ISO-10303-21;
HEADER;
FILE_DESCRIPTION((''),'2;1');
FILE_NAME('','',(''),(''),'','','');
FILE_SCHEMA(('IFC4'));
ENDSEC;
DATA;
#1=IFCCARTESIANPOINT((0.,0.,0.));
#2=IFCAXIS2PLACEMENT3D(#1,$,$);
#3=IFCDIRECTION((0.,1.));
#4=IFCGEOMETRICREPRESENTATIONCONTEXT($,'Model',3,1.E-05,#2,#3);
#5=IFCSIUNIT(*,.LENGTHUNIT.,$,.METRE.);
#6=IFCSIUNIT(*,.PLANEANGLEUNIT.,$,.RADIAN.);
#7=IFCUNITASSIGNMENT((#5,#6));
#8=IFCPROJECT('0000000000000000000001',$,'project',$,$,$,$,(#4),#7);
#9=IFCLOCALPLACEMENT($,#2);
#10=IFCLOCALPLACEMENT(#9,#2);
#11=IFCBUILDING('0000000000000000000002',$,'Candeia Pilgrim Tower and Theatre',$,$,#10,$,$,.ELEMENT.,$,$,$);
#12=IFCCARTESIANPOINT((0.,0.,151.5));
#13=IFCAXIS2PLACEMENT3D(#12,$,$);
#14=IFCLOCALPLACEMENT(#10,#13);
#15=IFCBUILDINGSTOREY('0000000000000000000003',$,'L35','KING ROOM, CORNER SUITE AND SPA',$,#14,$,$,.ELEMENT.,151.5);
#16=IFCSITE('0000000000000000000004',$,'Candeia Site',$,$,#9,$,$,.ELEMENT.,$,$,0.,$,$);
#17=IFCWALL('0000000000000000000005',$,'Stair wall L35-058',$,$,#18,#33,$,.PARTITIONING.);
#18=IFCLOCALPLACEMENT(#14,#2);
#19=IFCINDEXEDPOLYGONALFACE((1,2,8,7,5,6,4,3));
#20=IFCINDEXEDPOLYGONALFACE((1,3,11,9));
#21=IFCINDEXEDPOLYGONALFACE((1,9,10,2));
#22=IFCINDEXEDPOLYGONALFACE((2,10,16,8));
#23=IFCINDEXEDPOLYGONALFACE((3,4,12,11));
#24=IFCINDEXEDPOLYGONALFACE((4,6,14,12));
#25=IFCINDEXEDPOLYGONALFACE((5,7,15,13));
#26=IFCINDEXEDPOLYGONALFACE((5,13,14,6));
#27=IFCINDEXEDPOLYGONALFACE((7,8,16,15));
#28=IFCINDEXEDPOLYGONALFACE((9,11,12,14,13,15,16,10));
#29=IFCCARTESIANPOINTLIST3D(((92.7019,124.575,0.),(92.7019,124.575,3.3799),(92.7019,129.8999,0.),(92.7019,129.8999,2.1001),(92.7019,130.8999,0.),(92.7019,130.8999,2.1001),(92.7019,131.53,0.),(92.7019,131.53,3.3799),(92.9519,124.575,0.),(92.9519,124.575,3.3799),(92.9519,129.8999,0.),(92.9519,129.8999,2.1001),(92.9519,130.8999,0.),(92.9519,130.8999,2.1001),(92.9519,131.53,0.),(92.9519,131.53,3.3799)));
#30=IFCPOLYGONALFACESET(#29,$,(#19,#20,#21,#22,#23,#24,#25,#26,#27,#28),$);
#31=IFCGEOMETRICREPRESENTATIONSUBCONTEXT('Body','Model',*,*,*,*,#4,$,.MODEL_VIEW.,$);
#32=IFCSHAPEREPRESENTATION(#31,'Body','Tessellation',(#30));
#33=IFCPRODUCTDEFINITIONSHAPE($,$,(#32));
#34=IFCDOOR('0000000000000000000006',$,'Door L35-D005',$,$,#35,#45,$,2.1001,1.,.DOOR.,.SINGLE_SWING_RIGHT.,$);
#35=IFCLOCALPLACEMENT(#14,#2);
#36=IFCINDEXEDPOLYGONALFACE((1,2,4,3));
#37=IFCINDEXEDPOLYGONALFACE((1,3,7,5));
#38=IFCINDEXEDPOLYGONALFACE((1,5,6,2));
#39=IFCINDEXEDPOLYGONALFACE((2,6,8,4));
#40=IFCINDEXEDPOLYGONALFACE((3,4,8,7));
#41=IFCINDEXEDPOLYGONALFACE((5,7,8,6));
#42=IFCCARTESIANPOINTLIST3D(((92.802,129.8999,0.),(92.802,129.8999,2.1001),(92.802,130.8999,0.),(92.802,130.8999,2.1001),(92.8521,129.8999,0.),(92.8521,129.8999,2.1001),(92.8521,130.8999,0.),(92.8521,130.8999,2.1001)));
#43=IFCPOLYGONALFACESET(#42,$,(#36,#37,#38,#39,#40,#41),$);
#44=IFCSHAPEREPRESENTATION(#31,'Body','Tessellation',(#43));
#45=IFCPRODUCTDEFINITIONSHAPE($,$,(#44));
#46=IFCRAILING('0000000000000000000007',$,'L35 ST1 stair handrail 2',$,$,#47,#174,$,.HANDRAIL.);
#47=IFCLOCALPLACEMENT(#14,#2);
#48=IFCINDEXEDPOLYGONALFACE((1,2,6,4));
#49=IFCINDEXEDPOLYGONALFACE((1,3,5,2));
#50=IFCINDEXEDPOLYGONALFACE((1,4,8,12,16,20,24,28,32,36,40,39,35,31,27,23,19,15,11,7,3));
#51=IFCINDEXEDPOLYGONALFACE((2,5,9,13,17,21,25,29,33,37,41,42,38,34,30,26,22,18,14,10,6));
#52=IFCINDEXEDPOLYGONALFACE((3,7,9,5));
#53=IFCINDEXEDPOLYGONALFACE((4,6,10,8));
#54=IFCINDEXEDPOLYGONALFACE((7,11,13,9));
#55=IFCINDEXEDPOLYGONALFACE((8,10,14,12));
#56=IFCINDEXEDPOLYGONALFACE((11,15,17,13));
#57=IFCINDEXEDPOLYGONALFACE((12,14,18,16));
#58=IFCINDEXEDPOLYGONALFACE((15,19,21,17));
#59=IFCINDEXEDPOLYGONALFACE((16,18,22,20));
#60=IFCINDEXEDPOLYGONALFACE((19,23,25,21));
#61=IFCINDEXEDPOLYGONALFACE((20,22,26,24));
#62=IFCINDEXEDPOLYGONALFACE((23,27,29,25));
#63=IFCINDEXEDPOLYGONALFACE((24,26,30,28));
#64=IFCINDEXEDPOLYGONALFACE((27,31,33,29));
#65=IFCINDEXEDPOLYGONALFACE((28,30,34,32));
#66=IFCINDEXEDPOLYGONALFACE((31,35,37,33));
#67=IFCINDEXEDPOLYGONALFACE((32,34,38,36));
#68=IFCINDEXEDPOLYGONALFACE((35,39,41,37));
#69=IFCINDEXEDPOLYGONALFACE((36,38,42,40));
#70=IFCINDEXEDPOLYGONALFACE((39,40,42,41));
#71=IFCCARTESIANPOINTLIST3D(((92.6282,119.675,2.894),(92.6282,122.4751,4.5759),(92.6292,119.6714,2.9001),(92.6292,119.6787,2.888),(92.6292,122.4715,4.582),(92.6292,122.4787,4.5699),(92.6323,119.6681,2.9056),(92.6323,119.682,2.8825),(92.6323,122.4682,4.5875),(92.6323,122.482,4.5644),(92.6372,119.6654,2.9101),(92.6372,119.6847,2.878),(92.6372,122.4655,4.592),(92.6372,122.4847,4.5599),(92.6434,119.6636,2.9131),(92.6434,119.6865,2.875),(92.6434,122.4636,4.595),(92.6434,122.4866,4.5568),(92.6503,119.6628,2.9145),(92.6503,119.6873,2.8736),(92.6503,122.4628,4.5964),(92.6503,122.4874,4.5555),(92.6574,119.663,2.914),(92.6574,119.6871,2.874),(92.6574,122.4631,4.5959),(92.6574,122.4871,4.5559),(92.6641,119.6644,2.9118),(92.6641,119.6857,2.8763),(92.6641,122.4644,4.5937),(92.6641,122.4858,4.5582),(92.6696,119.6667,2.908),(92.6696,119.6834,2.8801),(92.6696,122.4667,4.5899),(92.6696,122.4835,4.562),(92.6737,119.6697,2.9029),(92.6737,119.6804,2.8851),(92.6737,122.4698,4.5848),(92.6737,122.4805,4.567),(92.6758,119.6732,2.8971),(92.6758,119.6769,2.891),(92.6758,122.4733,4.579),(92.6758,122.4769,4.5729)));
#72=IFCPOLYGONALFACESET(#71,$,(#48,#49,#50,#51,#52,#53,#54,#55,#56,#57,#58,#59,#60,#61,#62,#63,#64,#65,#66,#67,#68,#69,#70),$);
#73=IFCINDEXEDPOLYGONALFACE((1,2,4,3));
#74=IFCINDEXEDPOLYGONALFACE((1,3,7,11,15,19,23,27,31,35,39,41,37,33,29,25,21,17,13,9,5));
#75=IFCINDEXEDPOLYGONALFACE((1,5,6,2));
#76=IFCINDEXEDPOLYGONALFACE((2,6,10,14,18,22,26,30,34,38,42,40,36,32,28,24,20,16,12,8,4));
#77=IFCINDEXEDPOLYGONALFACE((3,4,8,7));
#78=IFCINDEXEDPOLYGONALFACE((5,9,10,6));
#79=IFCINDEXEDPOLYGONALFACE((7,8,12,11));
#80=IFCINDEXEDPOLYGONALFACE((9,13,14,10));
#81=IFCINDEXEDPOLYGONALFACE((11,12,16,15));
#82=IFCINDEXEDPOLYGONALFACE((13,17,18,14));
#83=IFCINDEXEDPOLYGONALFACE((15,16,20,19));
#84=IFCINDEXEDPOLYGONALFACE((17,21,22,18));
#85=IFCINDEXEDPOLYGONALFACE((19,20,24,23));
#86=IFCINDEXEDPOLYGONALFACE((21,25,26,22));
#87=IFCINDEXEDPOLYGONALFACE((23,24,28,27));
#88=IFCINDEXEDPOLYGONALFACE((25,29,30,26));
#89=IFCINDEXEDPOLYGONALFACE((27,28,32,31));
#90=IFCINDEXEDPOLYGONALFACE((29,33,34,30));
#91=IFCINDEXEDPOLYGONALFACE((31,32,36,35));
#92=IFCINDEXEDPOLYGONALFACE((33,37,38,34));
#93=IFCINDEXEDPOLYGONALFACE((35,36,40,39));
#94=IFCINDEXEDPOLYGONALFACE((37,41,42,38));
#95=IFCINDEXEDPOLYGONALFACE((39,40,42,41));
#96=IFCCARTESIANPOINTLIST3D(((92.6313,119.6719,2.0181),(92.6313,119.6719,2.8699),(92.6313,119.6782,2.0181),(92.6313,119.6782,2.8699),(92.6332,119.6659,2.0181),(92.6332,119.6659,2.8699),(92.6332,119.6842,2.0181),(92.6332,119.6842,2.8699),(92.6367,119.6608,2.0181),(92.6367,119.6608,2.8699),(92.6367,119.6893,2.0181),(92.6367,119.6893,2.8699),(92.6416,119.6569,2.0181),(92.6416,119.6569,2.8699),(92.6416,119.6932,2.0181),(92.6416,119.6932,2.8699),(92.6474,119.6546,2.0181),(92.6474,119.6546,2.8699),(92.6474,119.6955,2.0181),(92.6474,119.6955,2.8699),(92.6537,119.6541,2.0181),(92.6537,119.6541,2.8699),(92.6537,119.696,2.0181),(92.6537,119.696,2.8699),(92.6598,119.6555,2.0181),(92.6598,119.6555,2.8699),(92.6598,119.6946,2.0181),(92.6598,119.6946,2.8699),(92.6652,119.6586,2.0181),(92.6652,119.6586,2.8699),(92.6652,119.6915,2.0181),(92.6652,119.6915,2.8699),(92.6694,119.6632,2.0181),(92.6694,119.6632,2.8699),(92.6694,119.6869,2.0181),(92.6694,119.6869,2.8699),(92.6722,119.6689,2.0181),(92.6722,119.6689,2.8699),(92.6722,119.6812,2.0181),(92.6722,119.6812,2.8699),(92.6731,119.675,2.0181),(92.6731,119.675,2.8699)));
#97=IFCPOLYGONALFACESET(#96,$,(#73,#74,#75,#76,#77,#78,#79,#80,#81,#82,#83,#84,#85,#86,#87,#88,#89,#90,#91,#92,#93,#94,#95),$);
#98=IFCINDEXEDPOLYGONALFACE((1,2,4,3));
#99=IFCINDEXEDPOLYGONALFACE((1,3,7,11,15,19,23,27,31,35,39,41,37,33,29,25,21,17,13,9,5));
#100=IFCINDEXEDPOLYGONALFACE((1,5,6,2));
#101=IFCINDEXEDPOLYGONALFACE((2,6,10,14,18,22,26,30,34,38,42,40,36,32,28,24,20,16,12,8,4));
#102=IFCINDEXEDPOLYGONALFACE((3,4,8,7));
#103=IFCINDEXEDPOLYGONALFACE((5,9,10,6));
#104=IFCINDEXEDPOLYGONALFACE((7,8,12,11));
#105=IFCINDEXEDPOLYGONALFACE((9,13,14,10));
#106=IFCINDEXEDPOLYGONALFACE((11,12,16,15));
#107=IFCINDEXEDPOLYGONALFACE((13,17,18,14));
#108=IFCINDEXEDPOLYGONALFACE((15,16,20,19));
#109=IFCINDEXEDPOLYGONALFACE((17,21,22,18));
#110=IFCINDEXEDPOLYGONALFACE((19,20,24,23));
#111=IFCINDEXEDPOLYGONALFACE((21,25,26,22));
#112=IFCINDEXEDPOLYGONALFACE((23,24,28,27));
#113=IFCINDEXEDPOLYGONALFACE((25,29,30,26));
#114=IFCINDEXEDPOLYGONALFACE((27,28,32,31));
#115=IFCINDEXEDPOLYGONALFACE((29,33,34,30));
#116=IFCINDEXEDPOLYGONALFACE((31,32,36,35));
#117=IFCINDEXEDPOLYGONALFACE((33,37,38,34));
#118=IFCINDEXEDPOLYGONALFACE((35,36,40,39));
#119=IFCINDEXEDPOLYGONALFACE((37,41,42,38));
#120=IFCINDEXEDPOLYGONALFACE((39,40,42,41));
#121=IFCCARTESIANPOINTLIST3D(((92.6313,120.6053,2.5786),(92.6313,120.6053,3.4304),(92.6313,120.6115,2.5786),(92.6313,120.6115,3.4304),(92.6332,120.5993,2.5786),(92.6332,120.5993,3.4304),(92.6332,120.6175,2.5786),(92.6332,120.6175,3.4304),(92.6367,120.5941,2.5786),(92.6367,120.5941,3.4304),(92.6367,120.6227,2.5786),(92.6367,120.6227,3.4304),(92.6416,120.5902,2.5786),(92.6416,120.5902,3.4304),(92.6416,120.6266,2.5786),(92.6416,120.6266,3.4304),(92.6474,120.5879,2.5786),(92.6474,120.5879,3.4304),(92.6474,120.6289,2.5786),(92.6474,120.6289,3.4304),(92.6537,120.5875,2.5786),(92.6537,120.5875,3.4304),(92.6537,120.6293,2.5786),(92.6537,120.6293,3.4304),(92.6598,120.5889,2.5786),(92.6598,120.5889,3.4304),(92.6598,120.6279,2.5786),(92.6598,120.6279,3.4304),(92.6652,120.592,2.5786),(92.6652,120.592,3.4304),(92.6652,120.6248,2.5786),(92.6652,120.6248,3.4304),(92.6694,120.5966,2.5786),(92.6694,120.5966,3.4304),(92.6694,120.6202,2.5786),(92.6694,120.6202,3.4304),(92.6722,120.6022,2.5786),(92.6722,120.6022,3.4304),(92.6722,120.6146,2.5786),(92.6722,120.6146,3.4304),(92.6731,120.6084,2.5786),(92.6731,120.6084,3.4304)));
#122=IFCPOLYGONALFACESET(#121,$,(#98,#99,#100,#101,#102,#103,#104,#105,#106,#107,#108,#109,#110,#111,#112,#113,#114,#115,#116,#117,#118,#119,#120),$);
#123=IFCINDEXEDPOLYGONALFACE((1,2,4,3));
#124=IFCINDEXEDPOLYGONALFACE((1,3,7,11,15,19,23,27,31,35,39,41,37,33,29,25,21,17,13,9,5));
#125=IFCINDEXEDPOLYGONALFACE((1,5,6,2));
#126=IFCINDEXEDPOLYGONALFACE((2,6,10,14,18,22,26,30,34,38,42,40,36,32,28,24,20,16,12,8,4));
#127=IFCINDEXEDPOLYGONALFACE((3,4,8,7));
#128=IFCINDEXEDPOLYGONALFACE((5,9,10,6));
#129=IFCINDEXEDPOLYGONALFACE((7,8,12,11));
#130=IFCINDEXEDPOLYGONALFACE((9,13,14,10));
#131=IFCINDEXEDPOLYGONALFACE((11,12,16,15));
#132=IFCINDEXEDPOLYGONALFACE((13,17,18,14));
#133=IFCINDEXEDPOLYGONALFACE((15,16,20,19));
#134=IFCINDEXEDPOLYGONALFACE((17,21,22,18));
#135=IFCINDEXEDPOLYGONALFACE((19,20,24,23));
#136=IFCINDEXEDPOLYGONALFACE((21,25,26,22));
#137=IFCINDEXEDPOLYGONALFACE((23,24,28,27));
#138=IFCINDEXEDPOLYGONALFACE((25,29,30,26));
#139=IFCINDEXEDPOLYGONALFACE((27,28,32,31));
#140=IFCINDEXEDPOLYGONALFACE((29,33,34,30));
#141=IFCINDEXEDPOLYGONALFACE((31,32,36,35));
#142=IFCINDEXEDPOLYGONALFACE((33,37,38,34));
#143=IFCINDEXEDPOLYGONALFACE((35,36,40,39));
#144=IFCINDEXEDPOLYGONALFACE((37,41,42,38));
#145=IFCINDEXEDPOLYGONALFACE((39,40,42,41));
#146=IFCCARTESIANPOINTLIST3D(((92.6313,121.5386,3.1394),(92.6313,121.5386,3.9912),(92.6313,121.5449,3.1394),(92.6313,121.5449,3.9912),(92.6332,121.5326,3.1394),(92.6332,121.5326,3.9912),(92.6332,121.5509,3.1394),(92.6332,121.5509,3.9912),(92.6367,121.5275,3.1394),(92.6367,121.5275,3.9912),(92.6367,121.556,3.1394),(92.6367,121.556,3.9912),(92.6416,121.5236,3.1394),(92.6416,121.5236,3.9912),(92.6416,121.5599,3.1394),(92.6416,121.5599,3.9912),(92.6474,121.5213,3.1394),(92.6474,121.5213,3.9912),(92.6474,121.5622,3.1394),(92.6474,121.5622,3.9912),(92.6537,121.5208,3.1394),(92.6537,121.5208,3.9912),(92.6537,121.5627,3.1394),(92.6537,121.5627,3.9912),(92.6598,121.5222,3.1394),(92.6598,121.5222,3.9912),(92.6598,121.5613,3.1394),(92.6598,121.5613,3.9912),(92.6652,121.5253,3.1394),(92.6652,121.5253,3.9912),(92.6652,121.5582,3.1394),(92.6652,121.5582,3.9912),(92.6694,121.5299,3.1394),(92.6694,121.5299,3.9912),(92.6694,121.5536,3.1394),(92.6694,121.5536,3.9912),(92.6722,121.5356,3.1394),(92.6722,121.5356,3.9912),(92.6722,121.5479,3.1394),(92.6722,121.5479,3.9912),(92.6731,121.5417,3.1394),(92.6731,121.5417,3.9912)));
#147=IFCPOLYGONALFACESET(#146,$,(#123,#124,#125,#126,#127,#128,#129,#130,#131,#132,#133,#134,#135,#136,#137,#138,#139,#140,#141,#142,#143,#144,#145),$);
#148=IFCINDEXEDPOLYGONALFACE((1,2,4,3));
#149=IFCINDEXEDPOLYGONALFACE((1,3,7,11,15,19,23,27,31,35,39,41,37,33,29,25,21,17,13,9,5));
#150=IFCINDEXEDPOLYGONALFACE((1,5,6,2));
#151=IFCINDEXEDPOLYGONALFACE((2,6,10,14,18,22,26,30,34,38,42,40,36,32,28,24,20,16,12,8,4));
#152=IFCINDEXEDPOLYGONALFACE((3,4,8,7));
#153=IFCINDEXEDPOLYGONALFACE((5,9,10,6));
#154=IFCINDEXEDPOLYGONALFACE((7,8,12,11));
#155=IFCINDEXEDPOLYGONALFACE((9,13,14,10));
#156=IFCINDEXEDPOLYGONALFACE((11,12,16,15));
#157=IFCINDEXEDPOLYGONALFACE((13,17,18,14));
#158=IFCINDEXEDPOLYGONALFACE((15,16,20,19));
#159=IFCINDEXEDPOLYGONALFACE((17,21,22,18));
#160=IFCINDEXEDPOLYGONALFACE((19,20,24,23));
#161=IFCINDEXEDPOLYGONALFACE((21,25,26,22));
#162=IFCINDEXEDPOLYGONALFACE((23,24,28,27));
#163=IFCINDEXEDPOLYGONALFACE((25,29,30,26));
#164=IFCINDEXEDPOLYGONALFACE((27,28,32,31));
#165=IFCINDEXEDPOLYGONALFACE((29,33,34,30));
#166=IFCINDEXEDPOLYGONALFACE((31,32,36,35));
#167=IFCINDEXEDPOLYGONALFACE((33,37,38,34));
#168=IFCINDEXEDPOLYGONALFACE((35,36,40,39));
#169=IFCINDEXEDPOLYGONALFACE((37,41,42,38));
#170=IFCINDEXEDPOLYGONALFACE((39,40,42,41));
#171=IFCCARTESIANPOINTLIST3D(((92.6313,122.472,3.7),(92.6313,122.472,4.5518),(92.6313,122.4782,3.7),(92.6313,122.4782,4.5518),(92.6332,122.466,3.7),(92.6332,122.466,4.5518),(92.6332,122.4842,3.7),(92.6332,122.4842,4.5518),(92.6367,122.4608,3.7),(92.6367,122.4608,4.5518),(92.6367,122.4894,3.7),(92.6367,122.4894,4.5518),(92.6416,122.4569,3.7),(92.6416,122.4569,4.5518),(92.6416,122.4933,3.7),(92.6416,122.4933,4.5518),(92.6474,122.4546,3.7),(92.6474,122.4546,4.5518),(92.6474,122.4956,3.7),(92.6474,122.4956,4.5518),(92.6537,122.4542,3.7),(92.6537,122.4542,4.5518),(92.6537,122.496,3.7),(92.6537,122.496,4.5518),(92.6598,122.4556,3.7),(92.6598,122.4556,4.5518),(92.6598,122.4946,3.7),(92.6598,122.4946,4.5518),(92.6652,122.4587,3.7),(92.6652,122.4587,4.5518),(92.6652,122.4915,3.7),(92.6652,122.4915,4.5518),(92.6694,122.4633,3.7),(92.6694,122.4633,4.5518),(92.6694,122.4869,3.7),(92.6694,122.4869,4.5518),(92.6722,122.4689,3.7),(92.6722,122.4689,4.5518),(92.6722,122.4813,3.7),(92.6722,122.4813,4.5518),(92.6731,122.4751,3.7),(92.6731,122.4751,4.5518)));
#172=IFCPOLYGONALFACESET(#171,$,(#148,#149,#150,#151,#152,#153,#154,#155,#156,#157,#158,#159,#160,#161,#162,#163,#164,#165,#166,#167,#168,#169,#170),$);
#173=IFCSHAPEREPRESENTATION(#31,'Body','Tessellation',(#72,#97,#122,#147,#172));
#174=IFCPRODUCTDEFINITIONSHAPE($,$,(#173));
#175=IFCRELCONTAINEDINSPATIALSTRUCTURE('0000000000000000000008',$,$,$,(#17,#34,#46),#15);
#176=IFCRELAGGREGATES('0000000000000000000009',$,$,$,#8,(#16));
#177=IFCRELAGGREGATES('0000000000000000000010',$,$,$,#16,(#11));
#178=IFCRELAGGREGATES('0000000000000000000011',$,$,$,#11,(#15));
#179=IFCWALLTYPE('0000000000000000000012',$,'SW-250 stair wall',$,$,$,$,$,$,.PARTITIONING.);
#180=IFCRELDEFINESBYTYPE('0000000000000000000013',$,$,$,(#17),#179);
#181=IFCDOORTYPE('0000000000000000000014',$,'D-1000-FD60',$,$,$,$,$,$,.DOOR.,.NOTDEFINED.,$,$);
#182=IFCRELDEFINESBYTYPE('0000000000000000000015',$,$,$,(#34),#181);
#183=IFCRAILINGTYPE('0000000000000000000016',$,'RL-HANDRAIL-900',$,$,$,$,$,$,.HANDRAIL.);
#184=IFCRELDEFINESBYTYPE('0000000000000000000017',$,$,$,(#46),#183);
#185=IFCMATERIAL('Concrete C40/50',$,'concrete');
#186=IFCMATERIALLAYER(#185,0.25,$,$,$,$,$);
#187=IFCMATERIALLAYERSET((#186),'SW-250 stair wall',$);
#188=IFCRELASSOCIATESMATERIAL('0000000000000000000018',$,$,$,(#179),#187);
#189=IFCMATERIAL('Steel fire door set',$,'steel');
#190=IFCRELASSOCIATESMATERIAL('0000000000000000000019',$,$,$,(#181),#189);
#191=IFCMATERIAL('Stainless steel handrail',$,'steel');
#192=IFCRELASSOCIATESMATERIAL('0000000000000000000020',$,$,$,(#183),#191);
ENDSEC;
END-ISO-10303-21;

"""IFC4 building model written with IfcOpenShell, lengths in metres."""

from ifc_helpers import new_model, si_unit, direction, frame, frame_2d, origin, origin_2d, place, context, subcontext, project, spatial, rectangle, circle, extrude, material, layer, layer_set, type_object, element, fill, save


model = new_model("IFC4")

# Units and contexts
model_context = context("Model", 3, precision=1e-05, world=origin(), true_north=direction((0.0, 1.0)))
body_context = subcontext(model_context, "Body", "Model", "MODEL_VIEW")
ifc_project = project(units=[si_unit("LENGTHUNIT", "METRE"), si_unit("PLANEANGLEUNIT", "RADIAN")], contexts=[model_context])

# Site, building, storey
site_placement = place(None, origin())
site = spatial("IfcSite", under=ifc_project, at=site_placement, Name="Candeia Site", CompositionType="ELEMENT", RefElevation=0.0)
building_placement = place(site_placement, origin())
building = spatial("IfcBuilding", under=site, at=building_placement, Name="Candeia Pilgrim Tower and Theatre", CompositionType="ELEMENT")
storey_placement = place(building_placement, frame((0.0, 0.0, 151.5)))
storey = spatial("IfcBuildingStorey", under=building, at=storey_placement, Name="L35", Description="KING ROOM, CORNER SUITE AND SPA", CompositionType="ELEMENT", Elevation=151.5)

# Shared definitions
ifc_material_1 = material(Name="Steel fire door set", Category="steel")

# Shared definitions
ifc_material_2 = material(Name="Concrete C40/50", Category="concrete")

# Wall, opening, door
ifc_layer_1 = layer(ifc_material_2, 0.25)
ifc_layer_set_1 = layer_set([ifc_layer_1], Name="SW-250 stair wall")
wall_type_1 = type_object("IfcWallType", Name="SW-250 stair wall", PredefinedType="PARTITIONING", material=ifc_layer_set_1)
wall_1_placement = place(storey_placement, frame((92.8269, 124.575, 0.0), z_axis=(0.0, 0.0, 1.0), x_axis=(0.0, 1.0, 0.0)))
wall_1 = element("IfcWall", 1, at=wall_1_placement, inside=storey, type_object=wall_type_1, Name="Stair wall L35-058", PredefinedType="PARTITIONING", context=body_context, shape_type="SweptSolid", body=[
    extrude(rectangle(XDim=6.9551, YDim=0.25, at=frame_2d((3.4775, 0.0))), origin(), (0.0, 0.0, 1.0), 3.3799),
])
opening_1_placement = place(wall_1_placement, frame((5.325, 0.0, 0.0)))
opening_1 = element("IfcOpeningElement", 2, at=opening_1_placement, cuts=wall_1, PredefinedType="OPENING", context=body_context, shape_type="SweptSolid", body=[
    extrude(rectangle(XDim=1.0, YDim=2.1001, at=frame_2d((0.5, 1.05))), frame((0.0, 0.135, 0.0), z_axis=(0.0, -1.0, 0.0), x_axis=(1.0, 0.0, 0.0)), (0.0, 0.0, 1.0), 0.27),
])
door_type_1 = type_object("IfcDoorType", Name="D-1000-FD60", OperationType="NOTDEFINED", PredefinedType="DOOR", material=ifc_material_1)
door_1_placement = place(opening_1_placement, origin())
door_1 = element("IfcDoor", 3, at=door_1_placement, inside=storey, type_object=door_type_1, Name="Door L35-D005", OperationType="SINGLE_SWING_RIGHT", OverallHeight=2.1001, OverallWidth=1.0, PredefinedType="DOOR", context=body_context, shape_type="SweptSolid", body=[
    extrude(rectangle(XDim=1.0, YDim=2.1001, at=frame_2d((0.5, 1.05))), frame((0.0, 0.0249, 0.0), z_axis=(0.0, -1.0, 0.0), x_axis=(1.0, 0.0, 0.0)), (0.0, 0.0, 1.0), 0.05),
])
fill(opening_1, door_1)

# Railing
ifc_material_3 = material(Name="Stainless steel handrail", Category="steel")
railing_type = type_object("IfcRailingType", Name="RL-HANDRAIL-900", PredefinedType="HANDRAIL", material=ifc_material_3)
for number, where, name in (
    (4, (92.6521, 119.675, 2.0181), "L35 ST1 stair handrail 2"),
):
    element("IfcRailing", number, at=place(storey_placement, frame(where)), inside=storey, type_object=railing_type, Name=name, PredefinedType="HANDRAIL", context=body_context, shape_type="SweptSolid", body=[
        extrude(circle(Radius=0.0239, at=origin_2d()), frame((0.0, 0.0, 0.876), z_axis=(0.0, 0.857242, 0.514913), x_axis=(-1.0, 0.0, 0.0)), (0.0, 0.0, 1.0), 3.2664),
        extrude(circle(Radius=0.021, at=origin_2d()), origin(), (0.0, 0.0, 1.0), 0.8518),
        extrude(circle(Radius=0.021, at=origin_2d()), frame((0.0, 0.9333, 0.5605)), (0.0, 0.0, 1.0), 0.8518),
        extrude(circle(Radius=0.021, at=origin_2d()), frame((0.0, 1.8667, 1.1213)), (0.0, 0.0, 1.0), 0.8518),
        extrude(circle(Radius=0.021, at=origin_2d()), frame((0.0, 2.8, 1.6819)), (0.0, 0.0, 1.0), 0.8518),
    ])

save(model, "model.ifc")
